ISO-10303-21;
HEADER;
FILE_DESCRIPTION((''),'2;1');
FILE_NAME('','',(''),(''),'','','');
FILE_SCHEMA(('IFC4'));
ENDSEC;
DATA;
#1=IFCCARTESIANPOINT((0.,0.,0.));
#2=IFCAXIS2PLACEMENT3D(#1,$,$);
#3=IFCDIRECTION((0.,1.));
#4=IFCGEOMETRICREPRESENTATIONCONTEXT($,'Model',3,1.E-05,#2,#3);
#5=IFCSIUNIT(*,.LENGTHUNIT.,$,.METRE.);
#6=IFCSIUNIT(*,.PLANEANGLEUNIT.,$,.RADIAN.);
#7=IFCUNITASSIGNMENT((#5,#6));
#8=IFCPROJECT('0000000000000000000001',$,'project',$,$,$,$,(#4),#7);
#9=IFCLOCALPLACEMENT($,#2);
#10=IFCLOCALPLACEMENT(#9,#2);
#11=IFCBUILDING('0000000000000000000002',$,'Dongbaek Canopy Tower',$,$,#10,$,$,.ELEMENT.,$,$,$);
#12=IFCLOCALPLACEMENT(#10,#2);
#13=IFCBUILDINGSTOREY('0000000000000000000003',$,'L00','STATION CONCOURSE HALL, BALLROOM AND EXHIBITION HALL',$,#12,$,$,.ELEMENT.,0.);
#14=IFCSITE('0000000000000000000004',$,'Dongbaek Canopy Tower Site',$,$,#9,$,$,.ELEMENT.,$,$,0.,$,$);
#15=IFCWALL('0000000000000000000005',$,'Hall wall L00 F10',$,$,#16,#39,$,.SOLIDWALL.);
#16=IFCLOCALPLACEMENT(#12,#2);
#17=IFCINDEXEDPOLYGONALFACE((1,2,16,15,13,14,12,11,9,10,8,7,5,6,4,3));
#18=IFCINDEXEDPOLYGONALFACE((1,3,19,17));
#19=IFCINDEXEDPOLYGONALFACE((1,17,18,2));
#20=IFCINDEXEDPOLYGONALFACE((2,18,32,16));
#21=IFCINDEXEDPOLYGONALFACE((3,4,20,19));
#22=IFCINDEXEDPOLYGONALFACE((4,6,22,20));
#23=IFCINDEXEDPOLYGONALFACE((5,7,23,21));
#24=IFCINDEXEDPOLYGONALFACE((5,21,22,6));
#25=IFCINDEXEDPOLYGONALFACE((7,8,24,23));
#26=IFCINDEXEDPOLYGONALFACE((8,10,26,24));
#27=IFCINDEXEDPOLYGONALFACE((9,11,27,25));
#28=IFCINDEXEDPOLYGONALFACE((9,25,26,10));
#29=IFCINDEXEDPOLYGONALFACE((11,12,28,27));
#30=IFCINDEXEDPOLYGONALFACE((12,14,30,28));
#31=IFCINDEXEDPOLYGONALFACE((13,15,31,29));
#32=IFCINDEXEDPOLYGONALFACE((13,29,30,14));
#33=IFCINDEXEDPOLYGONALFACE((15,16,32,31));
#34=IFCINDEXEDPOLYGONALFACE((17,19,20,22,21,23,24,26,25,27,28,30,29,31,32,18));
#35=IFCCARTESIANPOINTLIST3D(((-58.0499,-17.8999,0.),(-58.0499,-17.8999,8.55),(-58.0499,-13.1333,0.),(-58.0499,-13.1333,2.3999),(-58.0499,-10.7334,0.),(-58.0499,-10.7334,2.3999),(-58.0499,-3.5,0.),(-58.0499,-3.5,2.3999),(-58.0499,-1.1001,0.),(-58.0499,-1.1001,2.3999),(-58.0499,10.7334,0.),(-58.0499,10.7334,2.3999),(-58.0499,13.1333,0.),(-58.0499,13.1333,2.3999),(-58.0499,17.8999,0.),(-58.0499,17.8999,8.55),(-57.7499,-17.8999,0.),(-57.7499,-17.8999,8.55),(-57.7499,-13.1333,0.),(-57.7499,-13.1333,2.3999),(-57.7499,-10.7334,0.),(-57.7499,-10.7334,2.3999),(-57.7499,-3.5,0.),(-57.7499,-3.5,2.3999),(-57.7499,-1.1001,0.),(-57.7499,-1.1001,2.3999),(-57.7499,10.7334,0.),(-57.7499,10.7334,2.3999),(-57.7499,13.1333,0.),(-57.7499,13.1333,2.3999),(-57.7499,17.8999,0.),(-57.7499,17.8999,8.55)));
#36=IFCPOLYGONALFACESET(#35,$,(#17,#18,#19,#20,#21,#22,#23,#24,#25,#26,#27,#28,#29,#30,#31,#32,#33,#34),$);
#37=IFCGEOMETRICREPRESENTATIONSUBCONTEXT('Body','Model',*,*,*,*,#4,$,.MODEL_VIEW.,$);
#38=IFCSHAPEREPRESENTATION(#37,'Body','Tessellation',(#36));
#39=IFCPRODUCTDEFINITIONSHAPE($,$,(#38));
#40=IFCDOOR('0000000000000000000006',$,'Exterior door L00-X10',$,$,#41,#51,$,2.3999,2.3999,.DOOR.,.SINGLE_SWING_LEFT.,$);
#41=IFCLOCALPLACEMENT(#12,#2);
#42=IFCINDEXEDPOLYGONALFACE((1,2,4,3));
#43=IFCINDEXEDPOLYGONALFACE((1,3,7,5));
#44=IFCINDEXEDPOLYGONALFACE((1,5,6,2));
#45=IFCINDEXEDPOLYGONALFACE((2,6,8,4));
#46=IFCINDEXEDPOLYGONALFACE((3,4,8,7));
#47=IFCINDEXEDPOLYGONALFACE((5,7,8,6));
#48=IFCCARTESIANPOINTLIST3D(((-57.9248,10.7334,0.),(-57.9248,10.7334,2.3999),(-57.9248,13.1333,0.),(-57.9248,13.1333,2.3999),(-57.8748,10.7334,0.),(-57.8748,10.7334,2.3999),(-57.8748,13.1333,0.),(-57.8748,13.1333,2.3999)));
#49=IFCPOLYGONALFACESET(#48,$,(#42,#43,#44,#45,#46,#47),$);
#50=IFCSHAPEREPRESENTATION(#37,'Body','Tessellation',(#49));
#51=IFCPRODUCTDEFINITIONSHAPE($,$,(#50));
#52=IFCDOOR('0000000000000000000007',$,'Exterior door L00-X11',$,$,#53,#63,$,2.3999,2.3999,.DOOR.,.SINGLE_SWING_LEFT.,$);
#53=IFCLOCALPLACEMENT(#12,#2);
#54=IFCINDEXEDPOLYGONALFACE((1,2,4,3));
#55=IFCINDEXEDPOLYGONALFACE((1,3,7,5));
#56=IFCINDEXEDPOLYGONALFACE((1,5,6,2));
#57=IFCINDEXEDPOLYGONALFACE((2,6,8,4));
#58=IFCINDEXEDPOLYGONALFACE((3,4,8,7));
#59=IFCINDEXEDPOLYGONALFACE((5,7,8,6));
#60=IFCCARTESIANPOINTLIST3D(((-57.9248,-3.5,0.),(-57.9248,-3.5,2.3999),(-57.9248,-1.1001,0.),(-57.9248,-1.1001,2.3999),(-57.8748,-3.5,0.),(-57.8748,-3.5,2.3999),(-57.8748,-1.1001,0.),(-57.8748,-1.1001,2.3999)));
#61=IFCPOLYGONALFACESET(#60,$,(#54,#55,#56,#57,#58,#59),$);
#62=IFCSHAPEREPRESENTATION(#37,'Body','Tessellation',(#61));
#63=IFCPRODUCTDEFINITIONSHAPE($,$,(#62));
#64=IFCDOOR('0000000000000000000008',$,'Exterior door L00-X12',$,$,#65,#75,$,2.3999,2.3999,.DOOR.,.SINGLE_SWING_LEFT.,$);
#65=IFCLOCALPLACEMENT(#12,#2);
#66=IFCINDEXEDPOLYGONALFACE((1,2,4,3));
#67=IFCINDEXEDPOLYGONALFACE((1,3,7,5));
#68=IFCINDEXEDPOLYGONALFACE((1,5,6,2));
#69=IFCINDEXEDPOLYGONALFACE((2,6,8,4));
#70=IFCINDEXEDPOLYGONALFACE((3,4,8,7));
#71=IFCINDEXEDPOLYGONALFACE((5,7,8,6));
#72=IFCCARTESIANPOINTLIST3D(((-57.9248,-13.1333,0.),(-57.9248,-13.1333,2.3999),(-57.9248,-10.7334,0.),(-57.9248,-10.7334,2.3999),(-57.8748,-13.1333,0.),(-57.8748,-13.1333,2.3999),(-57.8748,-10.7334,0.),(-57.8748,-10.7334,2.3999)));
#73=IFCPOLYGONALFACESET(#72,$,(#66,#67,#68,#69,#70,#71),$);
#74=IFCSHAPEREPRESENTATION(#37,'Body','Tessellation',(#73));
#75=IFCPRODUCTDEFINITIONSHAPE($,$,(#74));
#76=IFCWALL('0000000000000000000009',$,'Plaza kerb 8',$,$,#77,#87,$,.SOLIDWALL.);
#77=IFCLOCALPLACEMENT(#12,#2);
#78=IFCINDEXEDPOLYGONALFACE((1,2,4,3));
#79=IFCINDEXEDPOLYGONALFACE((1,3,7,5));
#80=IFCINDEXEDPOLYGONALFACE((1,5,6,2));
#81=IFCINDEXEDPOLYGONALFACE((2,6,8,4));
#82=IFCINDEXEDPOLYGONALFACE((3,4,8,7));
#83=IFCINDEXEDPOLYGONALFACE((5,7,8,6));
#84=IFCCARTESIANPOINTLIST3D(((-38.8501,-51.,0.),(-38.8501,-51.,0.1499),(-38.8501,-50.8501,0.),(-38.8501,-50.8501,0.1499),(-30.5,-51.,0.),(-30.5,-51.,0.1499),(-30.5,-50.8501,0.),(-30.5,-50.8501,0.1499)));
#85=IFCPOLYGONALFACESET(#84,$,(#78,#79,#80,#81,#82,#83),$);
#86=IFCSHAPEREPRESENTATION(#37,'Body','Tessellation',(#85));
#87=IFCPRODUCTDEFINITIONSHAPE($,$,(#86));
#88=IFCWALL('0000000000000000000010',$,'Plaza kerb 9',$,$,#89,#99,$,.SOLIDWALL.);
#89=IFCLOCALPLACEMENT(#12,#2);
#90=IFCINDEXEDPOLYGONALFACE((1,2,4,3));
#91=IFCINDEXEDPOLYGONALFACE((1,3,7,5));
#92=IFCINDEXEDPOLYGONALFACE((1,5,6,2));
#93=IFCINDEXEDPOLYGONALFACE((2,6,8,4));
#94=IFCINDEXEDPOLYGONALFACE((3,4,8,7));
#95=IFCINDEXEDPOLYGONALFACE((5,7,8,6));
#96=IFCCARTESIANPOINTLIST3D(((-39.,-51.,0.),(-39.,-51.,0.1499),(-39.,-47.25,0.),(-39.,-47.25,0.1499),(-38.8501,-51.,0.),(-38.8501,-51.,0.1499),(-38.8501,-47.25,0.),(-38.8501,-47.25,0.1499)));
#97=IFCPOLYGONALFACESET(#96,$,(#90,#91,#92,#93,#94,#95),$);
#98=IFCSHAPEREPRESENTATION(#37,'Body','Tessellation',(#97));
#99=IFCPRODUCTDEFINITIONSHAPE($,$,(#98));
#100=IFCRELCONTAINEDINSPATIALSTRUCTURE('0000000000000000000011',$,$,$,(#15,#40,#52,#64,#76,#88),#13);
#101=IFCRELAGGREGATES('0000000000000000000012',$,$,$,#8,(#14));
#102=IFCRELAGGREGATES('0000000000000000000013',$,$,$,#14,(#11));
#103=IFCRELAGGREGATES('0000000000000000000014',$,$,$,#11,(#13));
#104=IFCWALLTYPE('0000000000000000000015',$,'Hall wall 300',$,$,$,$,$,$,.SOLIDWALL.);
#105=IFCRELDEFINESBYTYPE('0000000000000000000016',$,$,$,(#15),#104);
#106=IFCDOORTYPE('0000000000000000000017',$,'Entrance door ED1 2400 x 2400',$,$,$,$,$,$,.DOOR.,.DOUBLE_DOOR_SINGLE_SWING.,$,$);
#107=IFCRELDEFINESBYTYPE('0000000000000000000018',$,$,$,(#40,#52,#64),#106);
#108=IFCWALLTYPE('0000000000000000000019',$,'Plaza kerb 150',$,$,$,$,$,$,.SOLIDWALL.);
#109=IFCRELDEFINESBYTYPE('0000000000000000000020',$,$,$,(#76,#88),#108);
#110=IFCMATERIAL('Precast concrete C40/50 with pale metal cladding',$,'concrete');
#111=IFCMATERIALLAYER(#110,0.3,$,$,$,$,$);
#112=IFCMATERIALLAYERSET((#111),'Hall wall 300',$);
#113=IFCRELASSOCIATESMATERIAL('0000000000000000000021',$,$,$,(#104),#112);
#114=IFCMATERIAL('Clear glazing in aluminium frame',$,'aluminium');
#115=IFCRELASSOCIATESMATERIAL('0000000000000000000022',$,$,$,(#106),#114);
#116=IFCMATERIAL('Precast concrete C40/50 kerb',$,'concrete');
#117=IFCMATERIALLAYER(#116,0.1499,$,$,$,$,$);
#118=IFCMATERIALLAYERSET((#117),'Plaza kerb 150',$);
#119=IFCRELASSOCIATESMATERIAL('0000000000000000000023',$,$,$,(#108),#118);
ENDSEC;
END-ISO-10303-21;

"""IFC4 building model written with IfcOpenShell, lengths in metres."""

from ifc_helpers import new_model, si_unit, direction, frame, frame_2d, origin, place, context, subcontext, project, spatial, rectangle, extrude, material, layer, layer_set, type_object, element, fill, save


model = new_model("IFC4")

# Units and contexts
model_context = context("Model", 3, precision=1e-05, world=origin(), true_north=direction((0.0, 1.0)))
body_context = subcontext(model_context, "Body", "Model", "MODEL_VIEW")
ifc_project = project(units=[si_unit("LENGTHUNIT", "METRE"), si_unit("PLANEANGLEUNIT", "RADIAN")], contexts=[model_context])

# Site, building, storey
site_placement = place(None, origin())
site = spatial("IfcSite", under=ifc_project, at=site_placement, Name="Dongbaek Canopy Tower Site", CompositionType="ELEMENT", RefElevation=0.0)
building_placement = place(site_placement, origin())
building = spatial("IfcBuilding", under=site, at=building_placement, Name="Dongbaek Canopy Tower", CompositionType="ELEMENT")
storey_placement = place(building_placement, origin())
storey = spatial("IfcBuildingStorey", under=building, at=storey_placement, Name="L00", Description="STATION CONCOURSE HALL, BALLROOM AND EXHIBITION HALL", CompositionType="ELEMENT", Elevation=0.0)

# Wall, openings, doors
ifc_material_1 = material(Name="Precast concrete C40/50 with pale metal cladding", Category="concrete")
ifc_layer_1 = layer(ifc_material_1, 0.3)
ifc_layer_set_1 = layer_set([ifc_layer_1], Name="Hall wall 300")
wall_type_1 = type_object("IfcWallType", Name="Hall wall 300", PredefinedType="SOLIDWALL", material=ifc_layer_set_1)
wall_1_placement = place(storey_placement, frame((-57.8999, -17.8999, 0.0), z_axis=(0.0, 0.0, 1.0), x_axis=(0.0, 1.0, 0.0)))
wall_1 = element("IfcWall", 1, at=wall_1_placement, inside=storey, type_object=wall_type_1, Name="Hall wall L00 F10", PredefinedType="SOLIDWALL", context=body_context, shape_type="SweptSolid", body=[
    extrude(rectangle(XDim=35.7998, YDim=0.3, at=frame_2d((17.8999, 0.0))), origin(), (0.0, 0.0, 1.0), 8.55),
])
opening_1_placement = place(wall_1_placement, frame((28.6333, 0.0, 0.0)))
opening_1 = element("IfcOpeningElement", 2, at=opening_1_placement, cuts=wall_1, PredefinedType="OPENING", context=body_context, shape_type="SweptSolid", body=[
    extrude(rectangle(XDim=2.3999, YDim=2.3999, at=frame_2d((1.2, 1.2))), frame((0.0, 0.1599, 0.0), z_axis=(0.0, -1.0, 0.0), x_axis=(1.0, 0.0, 0.0)), (0.0, 0.0, 1.0), 0.3201),
])
opening_2_placement = place(wall_1_placement, frame((14.3999, 0.0, 0.0)))
opening_2 = element("IfcOpeningElement", 3, at=opening_2_placement, cuts=wall_1, PredefinedType="OPENING", context=body_context, shape_type="SweptSolid", body=[
    extrude(rectangle(XDim=2.3999, YDim=2.3999, at=frame_2d((1.2, 1.2))), frame((0.0, 0.1599, 0.0), z_axis=(0.0, -1.0, 0.0), x_axis=(1.0, 0.0, 0.0)), (0.0, 0.0, 1.0), 0.3201),
])
opening_3_placement = place(wall_1_placement, frame((4.7666, 0.0, 0.0)))
opening_3 = element("IfcOpeningElement", 4, at=opening_3_placement, cuts=wall_1, PredefinedType="OPENING", context=body_context, shape_type="SweptSolid", body=[
    extrude(rectangle(XDim=2.3999, YDim=2.3999, at=frame_2d((1.2, 1.2))), frame((0.0, 0.1599, 0.0), z_axis=(0.0, -1.0, 0.0), x_axis=(1.0, 0.0, 0.0)), (0.0, 0.0, 1.0), 0.3201),
])
ifc_material_2 = material(Name="Clear glazing in aluminium frame", Category="aluminium")
door_type = type_object("IfcDoorType", Name="Entrance door ED1 2400 x 2400", OperationType="DOUBLE_DOOR_SINGLE_SWING", PredefinedType="DOOR", material=ifc_material_2)
door_1_placement = place(opening_1_placement, origin())
door_1 = element("IfcDoor", 5, at=door_1_placement, inside=storey, type_object=door_type, Name="Exterior door L00-X10", OperationType="SINGLE_SWING_LEFT", OverallHeight=2.3999, OverallWidth=2.3999, PredefinedType="DOOR", context=body_context, shape_type="SweptSolid", body=[
    extrude(rectangle(XDim=2.3999, YDim=2.3999, at=frame_2d((1.2, 1.2))), frame((0.0, 0.0249, 0.0), z_axis=(0.0, -1.0, 0.0), x_axis=(1.0, 0.0, 0.0)), (0.0, 0.0, 1.0), 0.05),
])
fill(opening_1, door_1)
door_2_placement = place(opening_2_placement, origin())
door_2 = element("IfcDoor", 6, at=door_2_placement, inside=storey, type_object=door_type, Name="Exterior door L00-X11", OperationType="SINGLE_SWING_LEFT", OverallHeight=2.3999, OverallWidth=2.3999, PredefinedType="DOOR", context=body_context, shape_type="SweptSolid", body=[
    extrude(rectangle(XDim=2.3999, YDim=2.3999, at=frame_2d((1.2, 1.2))), frame((0.0, 0.0249, 0.0), z_axis=(0.0, -1.0, 0.0), x_axis=(1.0, 0.0, 0.0)), (0.0, 0.0, 1.0), 0.05),
])
fill(opening_2, door_2)
door_3_placement = place(opening_3_placement, origin())
door_3 = element("IfcDoor", 7, at=door_3_placement, inside=storey, type_object=door_type, Name="Exterior door L00-X12", OperationType="SINGLE_SWING_LEFT", OverallHeight=2.3999, OverallWidth=2.3999, PredefinedType="DOOR", context=body_context, shape_type="SweptSolid", body=[
    extrude(rectangle(XDim=2.3999, YDim=2.3999, at=frame_2d((1.2, 1.2))), frame((0.0, 0.0249, 0.0), z_axis=(0.0, -1.0, 0.0), x_axis=(1.0, 0.0, 0.0)), (0.0, 0.0, 1.0), 0.05),
])
fill(opening_3, door_3)

# Walls
ifc_material_3 = material(Name="Precast concrete C40/50 kerb", Category="concrete")
ifc_layer_2 = layer(ifc_material_3, 0.1499)
ifc_layer_set_2 = layer_set([ifc_layer_2], Name="Plaza kerb 150")
wall_type_2 = type_object("IfcWallType", Name="Plaza kerb 150", PredefinedType="SOLIDWALL", material=ifc_layer_set_2)
wall_2_placement = place(storey_placement, frame((-38.8501, -50.925, 0.0), z_axis=(0.0, 0.0, 1.0), x_axis=(1.0, 0.0, 0.0)))
element("IfcWall", 8, at=wall_2_placement, inside=storey, type_object=wall_type_2, Name="Plaza kerb 8", PredefinedType="SOLIDWALL", context=body_context, shape_type="SweptSolid", body=[
    extrude(rectangle(XDim=8.3501, YDim=0.1499, at=frame_2d((4.175, 0.0))), origin(), (0.0, 0.0, 1.0), 0.1499),
])
wall_3_placement = place(storey_placement, frame((-38.925, -51.0, 0.0), z_axis=(0.0, 0.0, 1.0), x_axis=(0.0, 1.0, 0.0)))
element("IfcWall", 9, at=wall_3_placement, inside=storey, type_object=wall_type_2, Name="Plaza kerb 9", PredefinedType="SOLIDWALL", context=body_context, shape_type="SweptSolid", body=[
    extrude(rectangle(XDim=3.75, YDim=0.1499, at=frame_2d((1.875, 0.0))), origin(), (0.0, 0.0, 1.0), 0.1499),
])

save(model, "model.ifc")
